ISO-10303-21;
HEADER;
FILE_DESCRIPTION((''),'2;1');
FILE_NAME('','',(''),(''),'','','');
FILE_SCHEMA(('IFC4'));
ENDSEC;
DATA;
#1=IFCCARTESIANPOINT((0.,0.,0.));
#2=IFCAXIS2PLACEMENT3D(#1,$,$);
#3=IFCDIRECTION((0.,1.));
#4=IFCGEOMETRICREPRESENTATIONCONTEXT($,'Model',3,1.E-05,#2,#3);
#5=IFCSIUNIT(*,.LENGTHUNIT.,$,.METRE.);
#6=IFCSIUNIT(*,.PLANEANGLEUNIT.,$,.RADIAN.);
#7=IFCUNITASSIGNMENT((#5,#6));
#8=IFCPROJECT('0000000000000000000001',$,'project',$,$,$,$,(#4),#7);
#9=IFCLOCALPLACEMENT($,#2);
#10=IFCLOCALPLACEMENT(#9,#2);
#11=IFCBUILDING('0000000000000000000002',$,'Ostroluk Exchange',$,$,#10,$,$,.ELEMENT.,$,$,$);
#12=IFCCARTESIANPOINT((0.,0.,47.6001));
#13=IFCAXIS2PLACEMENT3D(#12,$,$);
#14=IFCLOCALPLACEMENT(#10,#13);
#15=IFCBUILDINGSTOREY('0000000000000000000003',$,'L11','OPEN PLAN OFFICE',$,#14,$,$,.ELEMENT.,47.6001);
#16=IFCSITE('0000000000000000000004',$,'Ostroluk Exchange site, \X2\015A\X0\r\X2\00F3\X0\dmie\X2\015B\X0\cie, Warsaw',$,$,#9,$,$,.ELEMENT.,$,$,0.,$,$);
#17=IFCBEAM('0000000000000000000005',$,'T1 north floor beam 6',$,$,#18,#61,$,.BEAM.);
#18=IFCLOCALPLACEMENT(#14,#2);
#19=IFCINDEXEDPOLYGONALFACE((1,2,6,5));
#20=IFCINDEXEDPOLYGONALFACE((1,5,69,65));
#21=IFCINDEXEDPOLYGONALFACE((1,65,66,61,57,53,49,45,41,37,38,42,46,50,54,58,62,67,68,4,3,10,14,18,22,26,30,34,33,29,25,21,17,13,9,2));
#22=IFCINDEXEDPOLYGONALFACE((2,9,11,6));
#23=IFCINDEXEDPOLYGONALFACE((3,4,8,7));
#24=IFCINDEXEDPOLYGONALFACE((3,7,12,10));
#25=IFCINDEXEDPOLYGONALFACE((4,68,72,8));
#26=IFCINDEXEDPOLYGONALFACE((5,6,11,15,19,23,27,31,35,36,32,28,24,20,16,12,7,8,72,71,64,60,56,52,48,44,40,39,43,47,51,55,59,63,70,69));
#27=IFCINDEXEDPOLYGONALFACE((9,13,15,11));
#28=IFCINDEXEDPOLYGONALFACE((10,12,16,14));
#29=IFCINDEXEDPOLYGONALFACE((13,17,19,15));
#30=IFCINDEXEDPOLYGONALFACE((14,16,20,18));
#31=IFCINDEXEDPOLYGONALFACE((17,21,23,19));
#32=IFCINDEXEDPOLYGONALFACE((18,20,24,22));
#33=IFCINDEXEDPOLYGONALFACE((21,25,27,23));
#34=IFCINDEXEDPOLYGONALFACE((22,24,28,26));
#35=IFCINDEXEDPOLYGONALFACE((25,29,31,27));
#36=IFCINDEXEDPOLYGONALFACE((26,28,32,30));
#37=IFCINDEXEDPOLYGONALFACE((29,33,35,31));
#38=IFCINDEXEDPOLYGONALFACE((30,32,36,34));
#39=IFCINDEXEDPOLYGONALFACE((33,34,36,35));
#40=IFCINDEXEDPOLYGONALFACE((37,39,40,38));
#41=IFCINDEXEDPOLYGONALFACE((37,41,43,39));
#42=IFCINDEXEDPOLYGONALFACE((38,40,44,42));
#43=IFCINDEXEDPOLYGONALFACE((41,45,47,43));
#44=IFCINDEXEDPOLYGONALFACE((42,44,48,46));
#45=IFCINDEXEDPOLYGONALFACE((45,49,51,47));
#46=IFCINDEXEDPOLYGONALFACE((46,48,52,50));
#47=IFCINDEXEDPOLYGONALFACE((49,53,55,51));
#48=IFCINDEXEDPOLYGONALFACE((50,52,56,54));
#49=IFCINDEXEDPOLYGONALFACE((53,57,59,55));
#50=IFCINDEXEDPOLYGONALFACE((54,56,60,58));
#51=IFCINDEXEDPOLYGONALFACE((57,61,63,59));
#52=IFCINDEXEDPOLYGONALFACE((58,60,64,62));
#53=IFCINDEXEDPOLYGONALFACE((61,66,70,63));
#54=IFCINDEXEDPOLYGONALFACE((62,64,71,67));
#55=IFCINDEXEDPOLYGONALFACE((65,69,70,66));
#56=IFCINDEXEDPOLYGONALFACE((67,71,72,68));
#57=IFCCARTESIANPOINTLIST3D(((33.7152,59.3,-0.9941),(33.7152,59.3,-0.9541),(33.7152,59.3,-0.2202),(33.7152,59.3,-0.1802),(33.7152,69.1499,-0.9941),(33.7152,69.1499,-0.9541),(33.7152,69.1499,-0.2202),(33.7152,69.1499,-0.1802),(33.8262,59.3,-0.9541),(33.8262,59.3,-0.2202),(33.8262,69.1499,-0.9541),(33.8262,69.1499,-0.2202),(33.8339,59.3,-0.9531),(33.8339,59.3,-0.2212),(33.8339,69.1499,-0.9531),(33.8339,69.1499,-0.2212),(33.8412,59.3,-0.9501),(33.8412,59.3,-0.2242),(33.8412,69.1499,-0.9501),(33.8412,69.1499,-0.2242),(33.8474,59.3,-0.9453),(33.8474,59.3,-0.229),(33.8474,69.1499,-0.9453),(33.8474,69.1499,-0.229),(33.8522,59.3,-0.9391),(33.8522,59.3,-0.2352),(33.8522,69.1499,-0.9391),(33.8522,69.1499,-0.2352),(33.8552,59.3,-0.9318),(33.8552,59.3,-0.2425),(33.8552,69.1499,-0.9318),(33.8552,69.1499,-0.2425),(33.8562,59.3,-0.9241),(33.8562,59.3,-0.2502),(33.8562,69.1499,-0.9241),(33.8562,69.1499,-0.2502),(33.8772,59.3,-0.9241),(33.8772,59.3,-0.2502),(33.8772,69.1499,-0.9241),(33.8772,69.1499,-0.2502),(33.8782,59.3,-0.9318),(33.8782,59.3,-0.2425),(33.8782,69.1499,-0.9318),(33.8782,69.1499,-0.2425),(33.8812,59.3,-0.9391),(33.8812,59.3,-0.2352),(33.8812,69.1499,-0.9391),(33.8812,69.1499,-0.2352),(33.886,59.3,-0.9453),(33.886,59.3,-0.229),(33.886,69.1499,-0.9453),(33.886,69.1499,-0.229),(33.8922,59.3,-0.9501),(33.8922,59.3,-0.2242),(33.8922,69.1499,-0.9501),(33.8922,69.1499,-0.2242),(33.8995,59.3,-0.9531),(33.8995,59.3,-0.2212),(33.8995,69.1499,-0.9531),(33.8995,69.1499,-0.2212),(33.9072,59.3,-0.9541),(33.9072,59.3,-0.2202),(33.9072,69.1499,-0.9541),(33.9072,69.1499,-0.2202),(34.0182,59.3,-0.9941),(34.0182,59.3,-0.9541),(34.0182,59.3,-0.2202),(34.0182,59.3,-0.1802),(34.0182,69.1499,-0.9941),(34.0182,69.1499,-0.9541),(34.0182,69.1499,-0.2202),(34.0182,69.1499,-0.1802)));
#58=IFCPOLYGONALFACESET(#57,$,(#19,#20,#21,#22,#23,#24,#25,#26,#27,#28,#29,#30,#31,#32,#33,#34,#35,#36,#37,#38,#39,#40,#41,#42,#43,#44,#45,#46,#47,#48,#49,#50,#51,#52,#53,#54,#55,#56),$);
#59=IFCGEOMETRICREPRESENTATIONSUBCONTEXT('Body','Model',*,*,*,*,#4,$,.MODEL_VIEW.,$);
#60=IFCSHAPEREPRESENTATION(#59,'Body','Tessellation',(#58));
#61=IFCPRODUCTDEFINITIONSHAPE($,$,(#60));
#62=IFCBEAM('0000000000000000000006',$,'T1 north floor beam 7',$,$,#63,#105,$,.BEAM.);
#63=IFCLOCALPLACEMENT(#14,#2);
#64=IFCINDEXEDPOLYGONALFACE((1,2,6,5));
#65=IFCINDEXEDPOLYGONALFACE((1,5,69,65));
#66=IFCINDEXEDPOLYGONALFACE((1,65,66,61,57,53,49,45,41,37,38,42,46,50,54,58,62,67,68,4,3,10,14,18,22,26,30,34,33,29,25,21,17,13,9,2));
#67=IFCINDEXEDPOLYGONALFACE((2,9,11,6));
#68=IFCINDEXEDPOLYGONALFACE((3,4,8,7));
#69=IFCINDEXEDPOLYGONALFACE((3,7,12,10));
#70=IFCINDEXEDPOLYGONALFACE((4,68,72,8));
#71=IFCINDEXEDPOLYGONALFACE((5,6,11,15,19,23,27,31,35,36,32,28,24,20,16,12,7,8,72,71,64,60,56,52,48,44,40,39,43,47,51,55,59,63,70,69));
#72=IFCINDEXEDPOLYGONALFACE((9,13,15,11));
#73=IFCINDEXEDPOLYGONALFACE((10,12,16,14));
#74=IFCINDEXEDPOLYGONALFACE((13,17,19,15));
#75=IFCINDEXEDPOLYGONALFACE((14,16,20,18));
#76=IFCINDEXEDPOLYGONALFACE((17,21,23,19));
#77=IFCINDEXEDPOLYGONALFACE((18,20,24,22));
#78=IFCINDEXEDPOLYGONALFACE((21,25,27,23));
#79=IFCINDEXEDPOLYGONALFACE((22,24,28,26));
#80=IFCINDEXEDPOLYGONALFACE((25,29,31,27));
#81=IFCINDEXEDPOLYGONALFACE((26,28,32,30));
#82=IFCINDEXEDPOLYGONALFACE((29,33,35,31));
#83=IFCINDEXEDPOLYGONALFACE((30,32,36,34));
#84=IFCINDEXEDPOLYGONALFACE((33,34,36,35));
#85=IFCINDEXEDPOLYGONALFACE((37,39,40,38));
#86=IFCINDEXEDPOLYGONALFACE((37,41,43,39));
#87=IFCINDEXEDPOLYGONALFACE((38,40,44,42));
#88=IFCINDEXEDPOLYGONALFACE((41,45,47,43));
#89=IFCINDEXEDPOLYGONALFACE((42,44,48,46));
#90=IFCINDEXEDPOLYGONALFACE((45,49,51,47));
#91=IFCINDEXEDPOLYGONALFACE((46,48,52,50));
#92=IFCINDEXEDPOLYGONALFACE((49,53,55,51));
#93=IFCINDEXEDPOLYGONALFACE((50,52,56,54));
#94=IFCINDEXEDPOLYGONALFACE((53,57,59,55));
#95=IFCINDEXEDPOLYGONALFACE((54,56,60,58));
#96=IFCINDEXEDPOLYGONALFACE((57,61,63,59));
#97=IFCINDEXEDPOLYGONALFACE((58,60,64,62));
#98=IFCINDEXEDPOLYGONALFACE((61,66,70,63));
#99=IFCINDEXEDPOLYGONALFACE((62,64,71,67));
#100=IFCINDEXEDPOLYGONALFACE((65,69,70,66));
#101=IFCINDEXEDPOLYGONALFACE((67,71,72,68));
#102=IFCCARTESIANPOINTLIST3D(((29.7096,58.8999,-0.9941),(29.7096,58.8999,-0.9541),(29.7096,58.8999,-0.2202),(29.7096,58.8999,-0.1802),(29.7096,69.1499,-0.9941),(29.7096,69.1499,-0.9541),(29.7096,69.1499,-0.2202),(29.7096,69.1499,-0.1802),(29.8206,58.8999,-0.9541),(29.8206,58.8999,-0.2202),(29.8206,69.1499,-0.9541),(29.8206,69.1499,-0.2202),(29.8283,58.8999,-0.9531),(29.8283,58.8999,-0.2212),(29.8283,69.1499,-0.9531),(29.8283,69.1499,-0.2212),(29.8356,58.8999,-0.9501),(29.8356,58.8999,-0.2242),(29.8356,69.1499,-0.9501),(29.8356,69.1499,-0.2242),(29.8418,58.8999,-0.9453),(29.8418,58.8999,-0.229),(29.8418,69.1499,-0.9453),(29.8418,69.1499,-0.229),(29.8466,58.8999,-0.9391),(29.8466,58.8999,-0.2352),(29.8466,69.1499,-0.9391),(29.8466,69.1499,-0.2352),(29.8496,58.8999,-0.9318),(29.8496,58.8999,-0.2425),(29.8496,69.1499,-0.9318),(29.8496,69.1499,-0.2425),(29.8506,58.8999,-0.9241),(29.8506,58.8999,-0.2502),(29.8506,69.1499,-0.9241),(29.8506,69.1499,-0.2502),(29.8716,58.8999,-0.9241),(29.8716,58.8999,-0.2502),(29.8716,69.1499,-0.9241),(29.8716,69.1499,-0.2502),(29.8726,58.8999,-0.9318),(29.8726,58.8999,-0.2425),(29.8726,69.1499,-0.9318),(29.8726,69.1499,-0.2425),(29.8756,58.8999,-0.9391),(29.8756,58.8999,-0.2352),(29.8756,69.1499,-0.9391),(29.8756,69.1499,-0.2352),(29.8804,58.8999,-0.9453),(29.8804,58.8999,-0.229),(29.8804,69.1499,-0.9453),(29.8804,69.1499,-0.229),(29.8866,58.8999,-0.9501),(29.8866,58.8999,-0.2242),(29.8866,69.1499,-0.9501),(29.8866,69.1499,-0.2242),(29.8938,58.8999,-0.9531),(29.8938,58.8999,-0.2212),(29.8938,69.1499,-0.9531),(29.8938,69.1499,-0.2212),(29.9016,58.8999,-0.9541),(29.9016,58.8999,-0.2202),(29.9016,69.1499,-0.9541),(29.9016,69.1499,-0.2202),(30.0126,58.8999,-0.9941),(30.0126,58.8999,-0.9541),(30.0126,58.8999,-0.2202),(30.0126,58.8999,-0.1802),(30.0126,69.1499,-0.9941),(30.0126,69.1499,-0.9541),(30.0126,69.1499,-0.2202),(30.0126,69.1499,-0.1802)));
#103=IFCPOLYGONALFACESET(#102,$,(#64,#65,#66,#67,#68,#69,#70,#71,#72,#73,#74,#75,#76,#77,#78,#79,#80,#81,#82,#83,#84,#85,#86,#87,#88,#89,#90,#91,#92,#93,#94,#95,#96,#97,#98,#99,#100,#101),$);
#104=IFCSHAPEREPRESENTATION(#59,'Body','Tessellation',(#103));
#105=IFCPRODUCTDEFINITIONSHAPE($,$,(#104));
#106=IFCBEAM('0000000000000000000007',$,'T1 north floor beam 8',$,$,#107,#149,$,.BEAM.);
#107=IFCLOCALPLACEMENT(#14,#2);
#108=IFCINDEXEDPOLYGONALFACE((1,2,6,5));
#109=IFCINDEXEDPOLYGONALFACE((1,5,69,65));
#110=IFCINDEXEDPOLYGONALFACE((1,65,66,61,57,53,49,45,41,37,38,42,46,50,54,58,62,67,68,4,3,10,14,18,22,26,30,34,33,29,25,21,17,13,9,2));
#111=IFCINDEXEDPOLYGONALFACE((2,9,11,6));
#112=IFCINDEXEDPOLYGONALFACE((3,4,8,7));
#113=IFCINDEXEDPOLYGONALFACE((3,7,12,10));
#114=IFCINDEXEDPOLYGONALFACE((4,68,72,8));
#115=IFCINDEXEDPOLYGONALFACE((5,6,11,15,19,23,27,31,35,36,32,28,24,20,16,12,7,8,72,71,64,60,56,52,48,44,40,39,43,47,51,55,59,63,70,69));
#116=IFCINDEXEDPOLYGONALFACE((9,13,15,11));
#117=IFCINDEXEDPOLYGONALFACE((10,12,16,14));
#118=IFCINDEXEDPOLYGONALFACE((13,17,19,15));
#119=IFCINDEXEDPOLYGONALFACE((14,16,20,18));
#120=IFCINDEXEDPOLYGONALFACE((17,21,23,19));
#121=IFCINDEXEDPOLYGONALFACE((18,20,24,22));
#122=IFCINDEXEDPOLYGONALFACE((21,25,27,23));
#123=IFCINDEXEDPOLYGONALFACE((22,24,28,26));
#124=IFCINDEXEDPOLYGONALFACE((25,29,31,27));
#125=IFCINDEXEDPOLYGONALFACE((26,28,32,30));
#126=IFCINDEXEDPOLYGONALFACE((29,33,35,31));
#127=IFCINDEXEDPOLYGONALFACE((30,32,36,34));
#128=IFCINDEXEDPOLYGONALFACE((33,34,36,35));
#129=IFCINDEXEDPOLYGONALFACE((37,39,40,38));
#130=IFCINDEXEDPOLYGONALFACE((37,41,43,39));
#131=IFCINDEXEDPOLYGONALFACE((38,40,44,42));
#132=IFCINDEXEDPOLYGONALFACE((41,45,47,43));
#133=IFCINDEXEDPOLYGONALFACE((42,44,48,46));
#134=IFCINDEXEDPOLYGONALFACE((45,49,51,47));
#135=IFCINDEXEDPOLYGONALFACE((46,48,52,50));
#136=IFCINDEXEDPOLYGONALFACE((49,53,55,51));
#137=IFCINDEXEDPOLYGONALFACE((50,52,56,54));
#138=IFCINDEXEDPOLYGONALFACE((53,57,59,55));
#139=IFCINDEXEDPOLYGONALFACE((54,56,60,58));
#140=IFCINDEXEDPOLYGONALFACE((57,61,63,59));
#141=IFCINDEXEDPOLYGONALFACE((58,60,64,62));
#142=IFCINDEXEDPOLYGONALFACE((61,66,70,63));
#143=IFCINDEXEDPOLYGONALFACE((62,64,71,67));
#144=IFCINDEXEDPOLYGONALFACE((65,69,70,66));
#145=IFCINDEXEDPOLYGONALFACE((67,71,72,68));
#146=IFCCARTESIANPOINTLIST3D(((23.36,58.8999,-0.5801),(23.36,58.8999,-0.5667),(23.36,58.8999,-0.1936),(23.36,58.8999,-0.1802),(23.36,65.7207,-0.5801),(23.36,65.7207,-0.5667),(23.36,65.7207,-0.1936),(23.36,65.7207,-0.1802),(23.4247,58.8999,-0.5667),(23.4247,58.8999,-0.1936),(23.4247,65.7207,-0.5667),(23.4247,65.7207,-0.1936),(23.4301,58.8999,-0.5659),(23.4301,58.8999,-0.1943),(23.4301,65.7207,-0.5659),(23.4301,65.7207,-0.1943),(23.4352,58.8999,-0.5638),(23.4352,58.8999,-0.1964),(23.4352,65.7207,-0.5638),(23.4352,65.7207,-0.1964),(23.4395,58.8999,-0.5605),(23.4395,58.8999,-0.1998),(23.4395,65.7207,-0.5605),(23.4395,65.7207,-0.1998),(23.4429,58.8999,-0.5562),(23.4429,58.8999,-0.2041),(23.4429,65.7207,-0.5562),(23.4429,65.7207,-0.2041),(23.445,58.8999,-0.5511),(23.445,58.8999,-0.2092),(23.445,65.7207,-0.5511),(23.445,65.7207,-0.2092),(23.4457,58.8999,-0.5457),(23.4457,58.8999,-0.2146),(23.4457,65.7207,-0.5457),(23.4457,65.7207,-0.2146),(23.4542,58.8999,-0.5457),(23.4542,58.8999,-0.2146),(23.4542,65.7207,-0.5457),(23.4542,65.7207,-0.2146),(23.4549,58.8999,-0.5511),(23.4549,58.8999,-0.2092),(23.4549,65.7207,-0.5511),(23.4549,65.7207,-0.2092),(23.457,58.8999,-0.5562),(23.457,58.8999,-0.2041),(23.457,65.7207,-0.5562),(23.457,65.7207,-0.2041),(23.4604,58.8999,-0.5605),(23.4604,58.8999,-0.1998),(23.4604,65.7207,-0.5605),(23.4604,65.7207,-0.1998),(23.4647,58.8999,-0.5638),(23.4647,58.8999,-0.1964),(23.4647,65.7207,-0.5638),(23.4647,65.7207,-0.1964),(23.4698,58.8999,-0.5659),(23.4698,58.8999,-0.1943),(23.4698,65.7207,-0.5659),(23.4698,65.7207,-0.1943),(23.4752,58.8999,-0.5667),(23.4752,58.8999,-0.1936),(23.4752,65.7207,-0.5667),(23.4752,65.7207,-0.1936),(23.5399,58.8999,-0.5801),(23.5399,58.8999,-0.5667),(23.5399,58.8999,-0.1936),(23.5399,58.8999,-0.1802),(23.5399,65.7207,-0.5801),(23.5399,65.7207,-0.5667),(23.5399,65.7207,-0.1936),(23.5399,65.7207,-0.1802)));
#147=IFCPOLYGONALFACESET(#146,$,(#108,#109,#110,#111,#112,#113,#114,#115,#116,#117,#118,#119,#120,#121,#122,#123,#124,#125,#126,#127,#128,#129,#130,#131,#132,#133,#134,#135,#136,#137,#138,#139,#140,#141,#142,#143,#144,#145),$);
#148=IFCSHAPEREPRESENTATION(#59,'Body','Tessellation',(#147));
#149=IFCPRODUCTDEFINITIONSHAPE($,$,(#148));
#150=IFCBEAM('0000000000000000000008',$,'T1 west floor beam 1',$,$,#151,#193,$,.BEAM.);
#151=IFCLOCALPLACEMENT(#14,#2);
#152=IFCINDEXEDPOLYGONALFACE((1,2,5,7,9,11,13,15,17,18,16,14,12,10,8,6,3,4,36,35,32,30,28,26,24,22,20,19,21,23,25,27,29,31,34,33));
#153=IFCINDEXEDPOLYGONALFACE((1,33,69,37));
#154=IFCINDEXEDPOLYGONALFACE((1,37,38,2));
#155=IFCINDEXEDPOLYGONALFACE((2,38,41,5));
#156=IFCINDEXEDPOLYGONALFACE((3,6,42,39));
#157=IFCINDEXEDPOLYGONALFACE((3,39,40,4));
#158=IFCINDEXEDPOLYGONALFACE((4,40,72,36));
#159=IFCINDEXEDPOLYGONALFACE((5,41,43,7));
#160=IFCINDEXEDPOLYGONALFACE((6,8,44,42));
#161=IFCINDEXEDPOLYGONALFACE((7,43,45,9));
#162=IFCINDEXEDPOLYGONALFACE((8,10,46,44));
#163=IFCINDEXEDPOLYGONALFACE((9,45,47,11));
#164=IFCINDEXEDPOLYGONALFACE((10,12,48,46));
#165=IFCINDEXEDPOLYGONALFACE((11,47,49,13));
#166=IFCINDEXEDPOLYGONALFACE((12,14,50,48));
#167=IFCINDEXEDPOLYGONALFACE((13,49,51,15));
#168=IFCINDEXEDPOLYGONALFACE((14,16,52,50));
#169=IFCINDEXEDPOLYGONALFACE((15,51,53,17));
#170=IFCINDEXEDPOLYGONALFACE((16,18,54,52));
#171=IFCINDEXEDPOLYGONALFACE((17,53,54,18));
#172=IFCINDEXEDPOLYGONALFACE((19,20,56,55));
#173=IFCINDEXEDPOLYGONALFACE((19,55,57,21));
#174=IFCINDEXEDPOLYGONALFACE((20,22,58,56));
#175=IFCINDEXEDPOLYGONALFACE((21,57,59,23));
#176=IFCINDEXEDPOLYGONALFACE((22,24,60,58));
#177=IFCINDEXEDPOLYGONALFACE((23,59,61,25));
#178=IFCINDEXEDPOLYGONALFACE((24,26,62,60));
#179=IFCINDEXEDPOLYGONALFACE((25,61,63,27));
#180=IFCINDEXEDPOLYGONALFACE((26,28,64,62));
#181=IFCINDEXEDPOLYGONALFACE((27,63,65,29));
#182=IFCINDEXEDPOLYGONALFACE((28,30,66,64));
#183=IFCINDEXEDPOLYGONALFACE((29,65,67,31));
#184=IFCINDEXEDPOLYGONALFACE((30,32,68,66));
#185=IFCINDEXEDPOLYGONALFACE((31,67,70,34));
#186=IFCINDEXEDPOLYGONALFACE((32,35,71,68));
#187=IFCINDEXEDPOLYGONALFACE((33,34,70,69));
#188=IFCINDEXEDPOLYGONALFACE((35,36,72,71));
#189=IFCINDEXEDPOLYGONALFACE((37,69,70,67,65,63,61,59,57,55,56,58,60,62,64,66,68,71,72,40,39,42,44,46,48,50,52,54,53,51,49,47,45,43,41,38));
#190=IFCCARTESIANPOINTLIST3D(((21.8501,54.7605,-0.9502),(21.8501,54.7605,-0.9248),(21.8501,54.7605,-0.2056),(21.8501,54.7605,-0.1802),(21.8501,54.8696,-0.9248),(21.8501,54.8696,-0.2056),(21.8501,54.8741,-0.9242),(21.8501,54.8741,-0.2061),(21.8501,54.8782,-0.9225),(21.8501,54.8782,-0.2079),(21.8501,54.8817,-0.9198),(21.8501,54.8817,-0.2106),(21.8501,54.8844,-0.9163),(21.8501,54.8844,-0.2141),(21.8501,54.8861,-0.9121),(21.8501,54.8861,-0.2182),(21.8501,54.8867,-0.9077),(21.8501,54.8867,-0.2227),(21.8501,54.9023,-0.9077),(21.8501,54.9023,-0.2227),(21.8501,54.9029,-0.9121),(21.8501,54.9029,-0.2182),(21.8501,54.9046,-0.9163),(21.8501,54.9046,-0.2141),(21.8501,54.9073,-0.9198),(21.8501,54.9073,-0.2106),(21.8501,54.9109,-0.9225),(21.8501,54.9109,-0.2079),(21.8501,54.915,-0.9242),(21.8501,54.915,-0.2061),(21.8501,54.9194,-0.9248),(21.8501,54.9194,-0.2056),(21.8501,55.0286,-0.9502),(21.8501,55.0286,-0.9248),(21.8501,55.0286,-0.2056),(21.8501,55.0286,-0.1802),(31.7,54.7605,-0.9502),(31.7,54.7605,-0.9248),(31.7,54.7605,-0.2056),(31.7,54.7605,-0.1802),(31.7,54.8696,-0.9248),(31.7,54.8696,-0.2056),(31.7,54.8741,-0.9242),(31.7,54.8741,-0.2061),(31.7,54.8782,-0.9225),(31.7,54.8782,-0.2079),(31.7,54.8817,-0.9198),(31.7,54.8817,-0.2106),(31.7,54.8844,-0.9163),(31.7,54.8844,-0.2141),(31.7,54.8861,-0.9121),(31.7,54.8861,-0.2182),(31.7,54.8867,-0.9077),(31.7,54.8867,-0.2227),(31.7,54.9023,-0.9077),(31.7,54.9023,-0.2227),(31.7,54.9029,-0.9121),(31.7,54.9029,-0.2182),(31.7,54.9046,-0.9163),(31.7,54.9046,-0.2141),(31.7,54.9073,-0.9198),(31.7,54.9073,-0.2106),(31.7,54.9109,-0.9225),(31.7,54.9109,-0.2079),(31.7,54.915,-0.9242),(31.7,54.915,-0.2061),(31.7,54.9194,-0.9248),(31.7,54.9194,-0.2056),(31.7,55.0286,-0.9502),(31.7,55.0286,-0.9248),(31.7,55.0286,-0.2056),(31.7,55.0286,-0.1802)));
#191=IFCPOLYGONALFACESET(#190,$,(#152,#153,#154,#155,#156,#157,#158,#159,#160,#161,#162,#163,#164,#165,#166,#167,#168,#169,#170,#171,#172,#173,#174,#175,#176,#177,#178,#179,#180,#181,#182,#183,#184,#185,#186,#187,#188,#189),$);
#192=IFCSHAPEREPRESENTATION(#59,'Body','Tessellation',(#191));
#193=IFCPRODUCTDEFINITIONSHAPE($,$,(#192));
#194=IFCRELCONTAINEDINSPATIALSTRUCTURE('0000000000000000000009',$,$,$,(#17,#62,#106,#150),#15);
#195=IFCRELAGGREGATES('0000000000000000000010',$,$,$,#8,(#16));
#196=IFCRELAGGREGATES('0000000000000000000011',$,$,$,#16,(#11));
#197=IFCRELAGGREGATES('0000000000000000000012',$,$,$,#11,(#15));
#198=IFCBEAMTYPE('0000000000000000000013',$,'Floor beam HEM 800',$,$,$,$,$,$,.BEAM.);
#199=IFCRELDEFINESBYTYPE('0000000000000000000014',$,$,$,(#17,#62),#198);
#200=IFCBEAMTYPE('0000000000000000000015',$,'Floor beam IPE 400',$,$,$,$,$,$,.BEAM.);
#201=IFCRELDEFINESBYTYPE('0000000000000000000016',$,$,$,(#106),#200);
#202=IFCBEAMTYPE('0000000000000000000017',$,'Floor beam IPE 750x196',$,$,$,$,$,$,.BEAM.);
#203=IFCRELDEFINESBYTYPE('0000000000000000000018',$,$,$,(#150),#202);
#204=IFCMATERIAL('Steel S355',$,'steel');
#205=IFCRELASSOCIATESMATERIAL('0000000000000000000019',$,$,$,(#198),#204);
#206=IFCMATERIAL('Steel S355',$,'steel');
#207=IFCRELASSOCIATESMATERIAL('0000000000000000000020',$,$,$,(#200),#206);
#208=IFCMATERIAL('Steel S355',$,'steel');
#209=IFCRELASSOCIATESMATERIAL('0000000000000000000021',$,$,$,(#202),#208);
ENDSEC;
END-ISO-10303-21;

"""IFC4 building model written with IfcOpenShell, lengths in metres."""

from ifc_helpers import new_model, si_unit, direction, frame, origin, origin_2d, place, context, subcontext, project, spatial, i_section, extrude, material, material_profile, profile_set, type_object, element, save


model = new_model("IFC4")

# Units and contexts
model_context = context("Model", 3, precision=1e-05, world=origin(), true_north=direction((0.0, 1.0)))
body_context = subcontext(model_context, "Body", "Model", "MODEL_VIEW")
ifc_project = project(units=[si_unit("LENGTHUNIT", "METRE"), si_unit("PLANEANGLEUNIT", "RADIAN")], contexts=[model_context])

# Site, building, storey
site_placement = place(None, origin())
site = spatial("IfcSite", under=ifc_project, at=site_placement, Name="Ostroluk Exchange site, Śródmieście, Warsaw", CompositionType="ELEMENT", RefElevation=0.0)
building_placement = place(site_placement, origin())
building = spatial("IfcBuilding", under=site, at=building_placement, Name="Ostroluk Exchange", CompositionType="ELEMENT")
storey_placement = place(building_placement, frame((0.0, 0.0, 47.6001)))
storey = spatial("IfcBuildingStorey", under=building, at=storey_placement, Name="L11", Description="OPEN PLAN OFFICE", CompositionType="ELEMENT", Elevation=47.6001)

# Beams
ifc_material_1 = material(Name="Steel S355", Category="steel")
ifc_material_profile_1 = material_profile(ifc_material_1, i_section(OverallWidth=0.303, OverallDepth=0.814, WebThickness=0.021, FlangeThickness=0.04, FilletRadius=0.03, at=origin_2d()), Name="HEM 800")
ifc_profile_set_1 = profile_set([ifc_material_profile_1], Name="Steel S355")
beam_type_1 = type_object("IfcBeamType", Name="Floor beam HEM 800", PredefinedType="BEAM", material=ifc_profile_set_1)
beam_1_placement = place(storey_placement, frame((33.8667, 59.3, -0.5872), z_axis=(0.0, 1.0, 0.0), x_axis=(-1.0, 0.0, 0.0)))
element("IfcBeam", 1, at=beam_1_placement, inside=storey, type_object=beam_type_1, Name="T1 north floor beam 6", PredefinedType="BEAM", context=body_context, shape_type="SweptSolid", body=[
    extrude(i_section(OverallWidth=0.303, OverallDepth=0.814, WebThickness=0.021, FlangeThickness=0.04, FilletRadius=0.03, at=origin_2d()), origin(), (0.0, 0.0, 1.0), 9.8499),
])
beam_2_placement = place(storey_placement, frame((29.8611, 58.8999, -0.5872), z_axis=(0.0, 1.0, 0.0), x_axis=(-1.0, 0.0, 0.0)))
element("IfcBeam", 2, at=beam_2_placement, inside=storey, type_object=beam_type_1, Name="T1 north floor beam 7", PredefinedType="BEAM", context=body_context, shape_type="SweptSolid", body=[
    extrude(i_section(OverallWidth=0.303, OverallDepth=0.814, WebThickness=0.021, FlangeThickness=0.04, FilletRadius=0.03, at=origin_2d()), origin(), (0.0, 0.0, 1.0), 10.25),
])
ifc_material_2 = material(Name="Steel S355", Category="steel")
ifc_material_profile_2 = material_profile(ifc_material_2, i_section(OverallWidth=0.1799, OverallDepth=0.3999, WebThickness=0.0085, FlangeThickness=0.0134, FilletRadius=0.021, at=origin_2d()), Name="IPE 400")
ifc_profile_set_2 = profile_set([ifc_material_profile_2], Name="Steel S355")
beam_type_2 = type_object("IfcBeamType", Name="Floor beam IPE 400", PredefinedType="BEAM", material=ifc_profile_set_2)
beam_3_placement = place(storey_placement, frame((23.45, 58.8999, -0.3801), z_axis=(0.0, 1.0, 0.0), x_axis=(-1.0, 0.0, 0.0)))
element("IfcBeam", 3, at=beam_3_placement, inside=storey, type_object=beam_type_2, Name="T1 north floor beam 8", PredefinedType="BEAM", context=body_context, shape_type="SweptSolid", body=[
    extrude(i_section(OverallWidth=0.1799, OverallDepth=0.3999, WebThickness=0.0085, FlangeThickness=0.0134, FilletRadius=0.021, at=origin_2d()), origin(), (0.0, 0.0, 1.0), 6.8208),
])
ifc_material_3 = material(Name="Steel S355", Category="steel")
ifc_material_profile_3 = material_profile(ifc_material_3, i_section(OverallWidth=0.2681, OverallDepth=0.77, WebThickness=0.0156, FlangeThickness=0.0254, FilletRadius=0.0171, at=origin_2d()), Name="IPE 750x196")
ifc_profile_set_3 = profile_set([ifc_material_profile_3], Name="Steel S355")
beam_type_3 = type_object("IfcBeamType", Name="Floor beam IPE 750x196", PredefinedType="BEAM", material=ifc_profile_set_3)
beam_4_placement = place(storey_placement, frame((31.7, 54.8945, -0.5652), z_axis=(-1.0, 0.0, 0.0), x_axis=(0.0, -1.0, 0.0)))
element("IfcBeam", 4, at=beam_4_placement, inside=storey, type_object=beam_type_3, Name="T1 west floor beam 1", PredefinedType="BEAM", context=body_context, shape_type="SweptSolid", body=[
    extrude(i_section(OverallWidth=0.2681, OverallDepth=0.77, WebThickness=0.0156, FlangeThickness=0.0254, FilletRadius=0.0171, at=origin_2d()), origin(), (0.0, 0.0, 1.0), 9.8499),
])

save(model, "model.ifc")
